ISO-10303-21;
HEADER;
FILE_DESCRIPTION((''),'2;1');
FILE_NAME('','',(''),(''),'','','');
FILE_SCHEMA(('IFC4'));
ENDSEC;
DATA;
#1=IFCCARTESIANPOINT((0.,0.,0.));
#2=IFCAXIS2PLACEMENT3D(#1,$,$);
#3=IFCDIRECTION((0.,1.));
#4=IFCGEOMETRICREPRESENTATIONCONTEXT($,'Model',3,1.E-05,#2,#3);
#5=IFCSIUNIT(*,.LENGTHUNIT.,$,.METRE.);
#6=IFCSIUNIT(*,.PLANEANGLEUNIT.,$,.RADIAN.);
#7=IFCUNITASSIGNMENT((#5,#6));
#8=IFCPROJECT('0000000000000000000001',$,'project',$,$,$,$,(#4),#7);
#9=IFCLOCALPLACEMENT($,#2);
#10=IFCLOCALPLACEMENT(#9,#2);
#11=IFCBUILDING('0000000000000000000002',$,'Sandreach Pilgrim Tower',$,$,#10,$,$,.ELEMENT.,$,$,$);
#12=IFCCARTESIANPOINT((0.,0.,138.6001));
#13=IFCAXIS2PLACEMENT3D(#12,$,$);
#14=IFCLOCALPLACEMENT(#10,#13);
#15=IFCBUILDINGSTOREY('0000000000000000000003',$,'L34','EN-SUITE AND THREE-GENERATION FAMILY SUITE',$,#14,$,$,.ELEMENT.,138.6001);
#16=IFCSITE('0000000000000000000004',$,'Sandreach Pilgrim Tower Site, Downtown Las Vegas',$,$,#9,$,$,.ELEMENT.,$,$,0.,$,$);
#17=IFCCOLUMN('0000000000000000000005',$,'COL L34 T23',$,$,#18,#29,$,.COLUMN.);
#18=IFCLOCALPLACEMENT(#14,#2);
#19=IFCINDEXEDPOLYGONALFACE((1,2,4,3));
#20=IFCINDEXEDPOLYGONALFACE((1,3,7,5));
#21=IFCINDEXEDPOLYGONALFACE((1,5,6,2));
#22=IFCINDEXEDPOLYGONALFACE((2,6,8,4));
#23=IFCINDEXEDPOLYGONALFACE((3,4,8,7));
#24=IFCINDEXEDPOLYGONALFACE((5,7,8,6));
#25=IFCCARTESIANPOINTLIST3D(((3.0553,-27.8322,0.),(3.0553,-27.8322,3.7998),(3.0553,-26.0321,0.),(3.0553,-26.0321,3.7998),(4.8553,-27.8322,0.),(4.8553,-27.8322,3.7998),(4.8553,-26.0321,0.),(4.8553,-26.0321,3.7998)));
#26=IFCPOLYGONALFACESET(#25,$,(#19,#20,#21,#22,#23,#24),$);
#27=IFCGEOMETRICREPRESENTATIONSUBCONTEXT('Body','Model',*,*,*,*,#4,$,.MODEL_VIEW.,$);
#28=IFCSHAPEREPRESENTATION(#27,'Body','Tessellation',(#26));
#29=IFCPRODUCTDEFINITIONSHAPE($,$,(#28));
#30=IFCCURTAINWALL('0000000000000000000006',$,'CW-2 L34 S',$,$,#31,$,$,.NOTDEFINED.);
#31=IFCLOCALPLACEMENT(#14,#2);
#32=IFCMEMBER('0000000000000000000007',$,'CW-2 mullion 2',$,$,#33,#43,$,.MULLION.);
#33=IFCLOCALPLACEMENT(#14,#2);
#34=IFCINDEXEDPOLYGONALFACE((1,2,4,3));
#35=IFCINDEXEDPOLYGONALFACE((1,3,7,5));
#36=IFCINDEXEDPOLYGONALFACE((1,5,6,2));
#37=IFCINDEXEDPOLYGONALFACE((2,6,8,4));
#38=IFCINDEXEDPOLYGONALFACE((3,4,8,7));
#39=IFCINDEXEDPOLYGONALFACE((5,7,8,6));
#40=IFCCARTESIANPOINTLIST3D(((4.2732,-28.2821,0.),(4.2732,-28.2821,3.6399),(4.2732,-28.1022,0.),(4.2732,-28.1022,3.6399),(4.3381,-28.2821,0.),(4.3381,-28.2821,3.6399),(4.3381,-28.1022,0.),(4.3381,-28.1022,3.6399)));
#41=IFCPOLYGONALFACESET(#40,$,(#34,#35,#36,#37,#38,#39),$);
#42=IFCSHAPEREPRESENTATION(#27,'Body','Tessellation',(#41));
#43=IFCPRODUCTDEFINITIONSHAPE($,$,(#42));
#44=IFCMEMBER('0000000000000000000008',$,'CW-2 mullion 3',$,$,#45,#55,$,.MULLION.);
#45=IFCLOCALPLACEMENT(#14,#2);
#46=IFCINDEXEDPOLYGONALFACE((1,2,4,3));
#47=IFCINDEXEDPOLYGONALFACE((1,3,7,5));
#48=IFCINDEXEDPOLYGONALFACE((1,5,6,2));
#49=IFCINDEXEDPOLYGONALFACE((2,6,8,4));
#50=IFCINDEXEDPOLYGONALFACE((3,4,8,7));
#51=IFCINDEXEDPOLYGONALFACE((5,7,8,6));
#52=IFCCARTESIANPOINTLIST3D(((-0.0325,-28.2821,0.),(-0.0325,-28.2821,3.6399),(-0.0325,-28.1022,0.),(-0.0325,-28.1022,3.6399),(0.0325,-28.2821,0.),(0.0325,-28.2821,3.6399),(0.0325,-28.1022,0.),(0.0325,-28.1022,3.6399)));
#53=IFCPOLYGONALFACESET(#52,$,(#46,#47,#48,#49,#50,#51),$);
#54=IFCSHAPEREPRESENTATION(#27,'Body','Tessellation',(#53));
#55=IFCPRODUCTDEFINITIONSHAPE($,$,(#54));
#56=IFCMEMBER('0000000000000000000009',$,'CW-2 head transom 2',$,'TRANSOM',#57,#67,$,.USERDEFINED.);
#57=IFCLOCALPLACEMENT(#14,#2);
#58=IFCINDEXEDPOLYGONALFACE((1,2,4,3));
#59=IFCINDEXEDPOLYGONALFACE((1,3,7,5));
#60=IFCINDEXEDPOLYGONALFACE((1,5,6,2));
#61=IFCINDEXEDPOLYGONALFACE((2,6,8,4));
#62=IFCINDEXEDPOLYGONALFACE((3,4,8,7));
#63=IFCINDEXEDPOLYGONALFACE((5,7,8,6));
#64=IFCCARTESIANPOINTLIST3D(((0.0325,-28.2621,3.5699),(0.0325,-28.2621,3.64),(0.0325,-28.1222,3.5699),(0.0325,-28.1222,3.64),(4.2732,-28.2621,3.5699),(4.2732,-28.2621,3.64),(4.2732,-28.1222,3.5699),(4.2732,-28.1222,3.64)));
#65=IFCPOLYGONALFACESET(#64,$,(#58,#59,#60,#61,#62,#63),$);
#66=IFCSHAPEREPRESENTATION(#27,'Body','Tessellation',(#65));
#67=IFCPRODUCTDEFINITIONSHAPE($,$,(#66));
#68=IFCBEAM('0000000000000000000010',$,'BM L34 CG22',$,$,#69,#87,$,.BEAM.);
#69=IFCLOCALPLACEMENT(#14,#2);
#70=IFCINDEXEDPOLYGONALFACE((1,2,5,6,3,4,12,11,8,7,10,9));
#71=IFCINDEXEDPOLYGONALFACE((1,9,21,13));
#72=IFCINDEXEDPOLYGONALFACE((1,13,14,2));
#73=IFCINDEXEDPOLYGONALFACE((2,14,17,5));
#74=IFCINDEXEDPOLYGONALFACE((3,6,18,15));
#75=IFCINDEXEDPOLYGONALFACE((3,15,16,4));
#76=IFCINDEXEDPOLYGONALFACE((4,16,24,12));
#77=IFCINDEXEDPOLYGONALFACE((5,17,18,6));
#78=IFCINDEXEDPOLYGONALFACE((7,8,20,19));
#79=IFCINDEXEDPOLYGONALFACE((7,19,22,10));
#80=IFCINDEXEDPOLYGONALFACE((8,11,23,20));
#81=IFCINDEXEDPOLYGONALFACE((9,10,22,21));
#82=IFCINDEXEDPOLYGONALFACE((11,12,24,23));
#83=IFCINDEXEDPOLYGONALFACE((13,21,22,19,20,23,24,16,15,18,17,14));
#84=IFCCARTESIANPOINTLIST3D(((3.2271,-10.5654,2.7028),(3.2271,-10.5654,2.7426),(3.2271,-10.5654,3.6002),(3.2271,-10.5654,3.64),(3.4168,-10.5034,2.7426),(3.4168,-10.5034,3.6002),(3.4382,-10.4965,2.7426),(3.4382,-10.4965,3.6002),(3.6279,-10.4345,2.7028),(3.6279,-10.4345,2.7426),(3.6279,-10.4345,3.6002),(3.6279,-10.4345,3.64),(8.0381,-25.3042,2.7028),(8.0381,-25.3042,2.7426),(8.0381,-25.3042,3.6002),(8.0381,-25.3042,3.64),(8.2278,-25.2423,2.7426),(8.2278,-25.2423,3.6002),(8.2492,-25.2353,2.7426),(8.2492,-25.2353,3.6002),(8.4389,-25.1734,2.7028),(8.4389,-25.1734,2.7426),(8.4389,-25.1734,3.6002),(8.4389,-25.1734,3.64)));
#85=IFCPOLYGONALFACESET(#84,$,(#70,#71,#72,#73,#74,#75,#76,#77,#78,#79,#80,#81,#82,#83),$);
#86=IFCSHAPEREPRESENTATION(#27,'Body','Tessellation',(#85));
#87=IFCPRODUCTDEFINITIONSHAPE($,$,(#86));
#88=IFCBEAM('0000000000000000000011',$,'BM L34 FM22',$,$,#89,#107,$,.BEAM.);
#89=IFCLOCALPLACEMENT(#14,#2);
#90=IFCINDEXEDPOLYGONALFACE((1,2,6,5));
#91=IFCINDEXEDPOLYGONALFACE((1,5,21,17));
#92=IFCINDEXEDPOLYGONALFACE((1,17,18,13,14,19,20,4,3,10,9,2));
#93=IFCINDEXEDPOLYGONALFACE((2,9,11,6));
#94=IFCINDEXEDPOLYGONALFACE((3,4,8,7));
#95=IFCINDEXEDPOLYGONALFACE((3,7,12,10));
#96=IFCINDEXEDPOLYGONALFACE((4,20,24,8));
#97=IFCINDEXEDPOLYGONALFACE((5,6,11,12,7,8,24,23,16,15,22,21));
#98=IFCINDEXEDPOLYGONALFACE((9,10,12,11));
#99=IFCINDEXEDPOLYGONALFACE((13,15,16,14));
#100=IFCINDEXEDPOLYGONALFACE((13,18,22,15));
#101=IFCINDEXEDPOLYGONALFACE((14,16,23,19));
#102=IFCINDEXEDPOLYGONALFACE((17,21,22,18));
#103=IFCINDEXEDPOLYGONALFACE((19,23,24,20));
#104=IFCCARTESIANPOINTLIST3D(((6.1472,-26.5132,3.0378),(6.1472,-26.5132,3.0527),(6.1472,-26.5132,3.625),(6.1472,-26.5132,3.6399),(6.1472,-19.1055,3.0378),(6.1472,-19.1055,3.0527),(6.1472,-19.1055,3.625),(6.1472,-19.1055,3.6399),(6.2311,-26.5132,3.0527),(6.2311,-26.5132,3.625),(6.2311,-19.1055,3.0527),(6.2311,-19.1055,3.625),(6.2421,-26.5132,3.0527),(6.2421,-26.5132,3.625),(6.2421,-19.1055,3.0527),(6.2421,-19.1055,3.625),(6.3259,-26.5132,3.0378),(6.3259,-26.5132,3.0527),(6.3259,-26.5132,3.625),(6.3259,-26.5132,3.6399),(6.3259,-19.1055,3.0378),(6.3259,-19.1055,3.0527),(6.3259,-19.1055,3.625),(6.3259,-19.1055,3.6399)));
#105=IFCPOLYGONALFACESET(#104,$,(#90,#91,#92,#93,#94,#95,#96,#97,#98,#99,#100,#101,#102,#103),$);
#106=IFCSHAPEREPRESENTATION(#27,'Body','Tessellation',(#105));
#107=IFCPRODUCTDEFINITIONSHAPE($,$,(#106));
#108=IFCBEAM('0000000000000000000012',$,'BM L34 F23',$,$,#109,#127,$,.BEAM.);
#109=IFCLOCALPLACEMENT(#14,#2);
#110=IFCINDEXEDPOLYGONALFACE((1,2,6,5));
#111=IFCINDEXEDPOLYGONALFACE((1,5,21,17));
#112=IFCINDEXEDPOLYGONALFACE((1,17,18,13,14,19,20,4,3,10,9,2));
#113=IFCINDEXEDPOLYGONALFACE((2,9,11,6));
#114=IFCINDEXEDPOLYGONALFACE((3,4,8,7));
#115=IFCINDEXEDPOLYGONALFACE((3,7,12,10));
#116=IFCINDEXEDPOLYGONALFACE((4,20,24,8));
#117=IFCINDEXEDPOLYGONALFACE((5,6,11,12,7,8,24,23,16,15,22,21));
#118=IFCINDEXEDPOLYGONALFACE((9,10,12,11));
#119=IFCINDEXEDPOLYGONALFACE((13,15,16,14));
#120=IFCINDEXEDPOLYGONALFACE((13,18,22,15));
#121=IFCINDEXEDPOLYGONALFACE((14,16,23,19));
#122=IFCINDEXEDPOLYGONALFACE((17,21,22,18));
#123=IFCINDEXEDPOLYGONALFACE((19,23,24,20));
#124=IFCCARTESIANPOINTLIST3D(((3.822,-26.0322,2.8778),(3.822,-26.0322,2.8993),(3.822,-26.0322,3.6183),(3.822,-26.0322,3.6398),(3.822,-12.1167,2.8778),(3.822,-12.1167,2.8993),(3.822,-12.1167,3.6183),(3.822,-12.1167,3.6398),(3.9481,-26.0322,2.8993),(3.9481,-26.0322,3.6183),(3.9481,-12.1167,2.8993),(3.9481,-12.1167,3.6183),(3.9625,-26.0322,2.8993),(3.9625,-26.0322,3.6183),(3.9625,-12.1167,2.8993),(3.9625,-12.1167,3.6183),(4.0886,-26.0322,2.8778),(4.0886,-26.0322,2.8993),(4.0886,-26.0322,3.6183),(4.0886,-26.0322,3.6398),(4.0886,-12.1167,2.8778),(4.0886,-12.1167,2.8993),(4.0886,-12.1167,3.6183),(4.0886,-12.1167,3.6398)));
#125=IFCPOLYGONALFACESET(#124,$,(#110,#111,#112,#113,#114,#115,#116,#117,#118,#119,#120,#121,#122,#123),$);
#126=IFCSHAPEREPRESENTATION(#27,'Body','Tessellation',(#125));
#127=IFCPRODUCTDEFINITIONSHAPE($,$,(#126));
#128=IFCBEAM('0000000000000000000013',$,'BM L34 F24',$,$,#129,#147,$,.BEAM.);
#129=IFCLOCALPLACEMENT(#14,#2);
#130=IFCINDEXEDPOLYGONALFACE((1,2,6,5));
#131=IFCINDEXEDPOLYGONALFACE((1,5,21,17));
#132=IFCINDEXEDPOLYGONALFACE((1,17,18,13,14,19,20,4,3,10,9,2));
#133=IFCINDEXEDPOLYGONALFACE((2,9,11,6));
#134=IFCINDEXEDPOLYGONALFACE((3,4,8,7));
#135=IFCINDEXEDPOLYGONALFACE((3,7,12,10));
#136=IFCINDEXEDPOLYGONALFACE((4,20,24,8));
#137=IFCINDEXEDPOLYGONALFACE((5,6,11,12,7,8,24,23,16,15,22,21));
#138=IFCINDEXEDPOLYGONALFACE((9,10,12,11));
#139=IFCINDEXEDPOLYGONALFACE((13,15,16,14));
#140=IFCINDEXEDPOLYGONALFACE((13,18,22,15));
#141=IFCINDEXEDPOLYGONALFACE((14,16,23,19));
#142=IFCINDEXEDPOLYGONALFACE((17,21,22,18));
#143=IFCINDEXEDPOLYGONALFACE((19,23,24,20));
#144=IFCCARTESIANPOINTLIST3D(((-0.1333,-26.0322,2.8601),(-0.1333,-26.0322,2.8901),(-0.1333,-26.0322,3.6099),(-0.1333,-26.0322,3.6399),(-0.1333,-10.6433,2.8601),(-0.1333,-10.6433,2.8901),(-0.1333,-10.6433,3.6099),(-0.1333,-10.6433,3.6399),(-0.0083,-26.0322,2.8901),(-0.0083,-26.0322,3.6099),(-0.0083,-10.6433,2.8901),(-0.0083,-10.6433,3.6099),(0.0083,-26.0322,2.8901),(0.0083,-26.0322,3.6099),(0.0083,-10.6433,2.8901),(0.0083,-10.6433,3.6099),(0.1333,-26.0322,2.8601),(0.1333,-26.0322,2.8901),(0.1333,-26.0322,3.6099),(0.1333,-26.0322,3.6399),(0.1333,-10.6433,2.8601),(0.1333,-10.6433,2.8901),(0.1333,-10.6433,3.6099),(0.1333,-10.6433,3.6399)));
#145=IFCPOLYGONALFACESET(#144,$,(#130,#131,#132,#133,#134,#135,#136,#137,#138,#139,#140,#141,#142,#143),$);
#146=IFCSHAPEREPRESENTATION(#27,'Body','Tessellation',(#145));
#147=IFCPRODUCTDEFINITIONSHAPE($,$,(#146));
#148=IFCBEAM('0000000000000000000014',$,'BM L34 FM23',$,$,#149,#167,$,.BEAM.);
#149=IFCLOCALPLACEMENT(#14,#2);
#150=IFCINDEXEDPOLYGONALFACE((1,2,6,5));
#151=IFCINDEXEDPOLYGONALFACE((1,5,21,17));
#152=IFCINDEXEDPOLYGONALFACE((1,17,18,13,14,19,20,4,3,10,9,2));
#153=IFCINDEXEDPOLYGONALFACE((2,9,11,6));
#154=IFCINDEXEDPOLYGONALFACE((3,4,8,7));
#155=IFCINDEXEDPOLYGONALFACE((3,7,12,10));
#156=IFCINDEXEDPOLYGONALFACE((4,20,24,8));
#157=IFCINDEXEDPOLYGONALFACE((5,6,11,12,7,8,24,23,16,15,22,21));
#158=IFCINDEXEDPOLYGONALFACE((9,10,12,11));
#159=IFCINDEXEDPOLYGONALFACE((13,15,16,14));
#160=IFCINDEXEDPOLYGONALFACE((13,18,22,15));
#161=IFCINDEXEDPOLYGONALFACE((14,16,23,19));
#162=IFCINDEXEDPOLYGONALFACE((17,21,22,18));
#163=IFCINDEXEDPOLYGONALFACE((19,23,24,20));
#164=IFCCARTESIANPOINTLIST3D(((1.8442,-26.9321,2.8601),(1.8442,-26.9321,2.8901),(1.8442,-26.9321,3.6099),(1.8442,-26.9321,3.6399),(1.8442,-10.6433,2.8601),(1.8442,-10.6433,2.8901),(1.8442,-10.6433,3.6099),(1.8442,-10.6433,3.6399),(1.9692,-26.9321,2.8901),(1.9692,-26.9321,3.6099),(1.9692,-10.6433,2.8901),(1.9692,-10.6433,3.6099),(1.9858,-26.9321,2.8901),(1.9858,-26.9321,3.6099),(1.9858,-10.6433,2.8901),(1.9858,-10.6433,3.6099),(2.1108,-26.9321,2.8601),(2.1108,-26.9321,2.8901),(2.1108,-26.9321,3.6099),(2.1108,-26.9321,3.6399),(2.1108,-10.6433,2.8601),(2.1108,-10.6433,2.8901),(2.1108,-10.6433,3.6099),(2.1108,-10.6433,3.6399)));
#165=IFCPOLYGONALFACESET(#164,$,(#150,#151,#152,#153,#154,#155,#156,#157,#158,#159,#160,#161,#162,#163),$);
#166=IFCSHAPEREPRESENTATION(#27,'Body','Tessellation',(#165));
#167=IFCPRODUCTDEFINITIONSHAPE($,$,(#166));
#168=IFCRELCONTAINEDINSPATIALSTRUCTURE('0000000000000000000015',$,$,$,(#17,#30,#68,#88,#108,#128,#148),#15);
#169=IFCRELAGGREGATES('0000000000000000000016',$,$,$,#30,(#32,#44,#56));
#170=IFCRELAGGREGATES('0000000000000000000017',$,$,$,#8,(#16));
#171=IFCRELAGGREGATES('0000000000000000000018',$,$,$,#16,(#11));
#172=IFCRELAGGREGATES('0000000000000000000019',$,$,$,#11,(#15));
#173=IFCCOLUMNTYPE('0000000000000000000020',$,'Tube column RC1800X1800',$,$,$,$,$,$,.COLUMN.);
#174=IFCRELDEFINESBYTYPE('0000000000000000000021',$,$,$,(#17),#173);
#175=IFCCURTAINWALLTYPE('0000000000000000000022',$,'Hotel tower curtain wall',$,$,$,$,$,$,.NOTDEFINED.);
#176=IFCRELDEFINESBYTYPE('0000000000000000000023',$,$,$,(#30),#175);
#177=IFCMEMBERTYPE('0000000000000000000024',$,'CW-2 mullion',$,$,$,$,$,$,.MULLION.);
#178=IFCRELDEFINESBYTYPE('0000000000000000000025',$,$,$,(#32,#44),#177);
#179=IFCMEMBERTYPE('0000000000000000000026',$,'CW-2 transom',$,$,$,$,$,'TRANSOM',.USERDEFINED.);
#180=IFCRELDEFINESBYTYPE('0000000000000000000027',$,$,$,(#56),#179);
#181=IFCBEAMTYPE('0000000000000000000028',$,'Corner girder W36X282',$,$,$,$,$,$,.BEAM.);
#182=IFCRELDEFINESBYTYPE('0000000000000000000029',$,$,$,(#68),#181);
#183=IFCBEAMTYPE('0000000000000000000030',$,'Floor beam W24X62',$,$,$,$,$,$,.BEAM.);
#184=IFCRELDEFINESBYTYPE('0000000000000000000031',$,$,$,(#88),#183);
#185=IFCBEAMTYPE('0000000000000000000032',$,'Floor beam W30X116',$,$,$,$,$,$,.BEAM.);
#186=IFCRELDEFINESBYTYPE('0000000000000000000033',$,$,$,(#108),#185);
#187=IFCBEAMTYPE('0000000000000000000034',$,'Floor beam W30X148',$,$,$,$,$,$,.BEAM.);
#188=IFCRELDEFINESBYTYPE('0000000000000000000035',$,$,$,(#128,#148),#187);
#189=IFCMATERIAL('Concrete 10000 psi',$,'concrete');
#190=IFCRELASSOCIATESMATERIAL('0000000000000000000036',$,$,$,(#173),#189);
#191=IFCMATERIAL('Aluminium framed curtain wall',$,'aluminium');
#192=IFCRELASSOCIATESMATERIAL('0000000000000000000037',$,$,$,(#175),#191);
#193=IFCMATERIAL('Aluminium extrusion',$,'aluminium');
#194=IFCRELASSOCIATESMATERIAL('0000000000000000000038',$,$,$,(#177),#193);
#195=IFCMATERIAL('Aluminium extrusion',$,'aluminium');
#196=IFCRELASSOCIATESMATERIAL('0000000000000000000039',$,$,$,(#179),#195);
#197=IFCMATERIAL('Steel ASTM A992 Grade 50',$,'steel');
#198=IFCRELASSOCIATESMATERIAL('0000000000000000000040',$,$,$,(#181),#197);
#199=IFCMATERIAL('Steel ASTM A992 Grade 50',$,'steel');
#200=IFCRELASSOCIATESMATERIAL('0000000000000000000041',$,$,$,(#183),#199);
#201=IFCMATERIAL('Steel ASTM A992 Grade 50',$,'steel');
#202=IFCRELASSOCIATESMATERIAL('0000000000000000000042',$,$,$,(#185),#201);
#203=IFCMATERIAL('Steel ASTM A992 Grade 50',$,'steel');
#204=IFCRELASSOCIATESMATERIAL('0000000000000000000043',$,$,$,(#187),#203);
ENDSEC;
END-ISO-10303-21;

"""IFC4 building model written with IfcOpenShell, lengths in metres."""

from ifc_helpers import new_model, si_unit, direction, frame, origin, origin_2d, place, context, subcontext, project, spatial, rectangle, i_section, extrude, material, material_profile, profile_set, type_object, element, aggregate, save


model = new_model("IFC4")

# Units and contexts
model_context = context("Model", 3, precision=1e-05, world=origin(), true_north=direction((0.0, 1.0)))
body_context = subcontext(model_context, "Body", "Model", "MODEL_VIEW")
ifc_project = project(units=[si_unit("LENGTHUNIT", "METRE"), si_unit("PLANEANGLEUNIT", "RADIAN")], contexts=[model_context])

# Site, building, storey
site_placement = place(None, origin())
site = spatial("IfcSite", under=ifc_project, at=site_placement, Name="Sandreach Pilgrim Tower Site, Downtown Las Vegas", CompositionType="ELEMENT", RefElevation=0.0)
building_placement = place(site_placement, origin())
building = spatial("IfcBuilding", under=site, at=building_placement, Name="Sandreach Pilgrim Tower", CompositionType="ELEMENT")
storey_placement = place(building_placement, frame((0.0, 0.0, 138.6001)))
storey = spatial("IfcBuildingStorey", under=building, at=storey_placement, Name="L34", Description="EN-SUITE AND THREE-GENERATION FAMILY SUITE", CompositionType="ELEMENT", Elevation=138.6001)

# Column
ifc_material_1 = material(Name="Concrete 10000 psi", Category="concrete")
ifc_material_profile_1 = material_profile(ifc_material_1, rectangle(XDim=1.8, YDim=1.8, at=origin_2d()), Name="RC1800X1800")
ifc_profile_set_1 = profile_set([ifc_material_profile_1], Name="Concrete 10000 psi")
column_type = type_object("IfcColumnType", Name="Tube column RC1800X1800", PredefinedType="COLUMN", material=ifc_profile_set_1)
column_placement = place(storey_placement, frame((3.9553, -26.9321, 0.0), z_axis=(0.0, 0.0, 1.0), x_axis=(0.0, -1.0, 0.0)))
element("IfcColumn", 1, at=column_placement, inside=storey, type_object=column_type, Name="COL L34 T23", PredefinedType="COLUMN", context=body_context, shape_type="SweptSolid", body=[
    extrude(rectangle(XDim=1.8, YDim=1.8, at=origin_2d()), origin(), (0.0, 0.0, 1.0), 3.7998),
])

# Curtain wall, members
ifc_material_2 = material(Name="Aluminium framed curtain wall", Category="aluminium")
curtain_wall_type = type_object("IfcCurtainWallType", Name="Hotel tower curtain wall", PredefinedType="NOTDEFINED", material=ifc_material_2)
curtain_wall_placement = place(storey_placement, origin())
curtain_wall = element("IfcCurtainWall", 2, at=curtain_wall_placement, inside=storey, type_object=curtain_wall_type, Name="CW-2 L34 S", PredefinedType="NOTDEFINED")
ifc_material_3 = material(Name="Aluminium extrusion", Category="aluminium")
ifc_material_profile_2 = material_profile(ifc_material_3, rectangle(XDim=0.0649, YDim=0.1799, at=origin_2d()), Name="CW-2M 65X180")
ifc_profile_set_2 = profile_set([ifc_material_profile_2], Name="Aluminium extrusion")
member_type_1 = type_object("IfcMemberType", Name="CW-2 mullion", PredefinedType="MULLION", material=ifc_profile_set_2)
member_1_placement = place(storey_placement, frame((4.3057, -28.1921, 0.0), z_axis=(0.0, 0.0, 1.0), x_axis=(-1.0, 0.0, 0.0)))
member_1 = element("IfcMember", 3, at=member_1_placement, type_object=member_type_1, Name="CW-2 mullion 2", PredefinedType="MULLION", context=body_context, shape_type="SweptSolid", body=[
    extrude(rectangle(XDim=0.0649, YDim=0.1799, at=origin_2d()), origin(), (0.0, 0.0, 1.0), 3.6399),
])
member_2_placement = place(storey_placement, frame((0.0, -28.1921, 0.0), z_axis=(0.0, 0.0, 1.0), x_axis=(-1.0, 0.0, 0.0)))
member_2 = element("IfcMember", 4, at=member_2_placement, type_object=member_type_1, Name="CW-2 mullion 3", PredefinedType="MULLION", context=body_context, shape_type="SweptSolid", body=[
    extrude(rectangle(XDim=0.0649, YDim=0.1799, at=origin_2d()), origin(), (0.0, 0.0, 1.0), 3.6399),
])
ifc_material_4 = material(Name="Aluminium extrusion", Category="aluminium")
ifc_material_profile_3 = material_profile(ifc_material_4, rectangle(XDim=0.1399, YDim=0.0701, at=origin_2d()), Name="CW-2T 140X70")
ifc_profile_set_3 = profile_set([ifc_material_profile_3], Name="Aluminium extrusion")
member_type_2 = type_object("IfcMemberType", Name="CW-2 transom", ElementType="TRANSOM", PredefinedType="USERDEFINED", material=ifc_profile_set_3)
member_3_placement = place(storey_placement, frame((4.2732, -28.1921, 3.605), z_axis=(-1.0, 0.0, 0.0), x_axis=(0.0, -1.0, 0.0)))
member_3 = element("IfcMember", 5, at=member_3_placement, type_object=member_type_2, Name="CW-2 head transom 2", ObjectType="TRANSOM", PredefinedType="USERDEFINED", context=body_context, shape_type="SweptSolid", body=[
    extrude(rectangle(XDim=0.1399, YDim=0.0701, at=origin_2d()), origin(), (0.0, 0.0, 1.0), 4.2407),
])

# Beams
ifc_material_5 = material(Name="Steel ASTM A992 Grade 50", Category="steel")
ifc_material_profile_4 = material_profile(ifc_material_5, i_section(OverallWidth=0.4216, OverallDepth=0.9373, WebThickness=0.0225, FlangeThickness=0.0398, at=origin_2d()), Name="W36X282")
ifc_profile_set_4 = profile_set([ifc_material_profile_4], Name="Steel ASTM A992 Grade 50")
beam_type_1 = type_object("IfcBeamType", Name="Corner girder W36X282", PredefinedType="BEAM", material=ifc_profile_set_4)
beam_1_placement = place(storey_placement, frame((8.2385, -25.2388, 3.1714), z_axis=(-0.310307, 0.950636, 0.0), x_axis=(-0.950636, -0.310307, 0.0)))
element("IfcBeam", 6, at=beam_1_placement, inside=storey, type_object=beam_type_1, Name="BM L34 CG22", PredefinedType="BEAM", context=body_context, shape_type="SweptSolid", body=[
    extrude(i_section(OverallWidth=0.4216, OverallDepth=0.9373, WebThickness=0.0225, FlangeThickness=0.0398, at=origin_2d()), origin(), (0.0, 0.0, 1.0), 15.5042),
])
ifc_material_6 = material(Name="Steel ASTM A992 Grade 50", Category="steel")
ifc_material_profile_5 = material_profile(ifc_material_6, i_section(OverallWidth=0.1787, OverallDepth=0.6021, WebThickness=0.011, FlangeThickness=0.0149, at=origin_2d()), Name="W24X62")
ifc_profile_set_5 = profile_set([ifc_material_profile_5], Name="Steel ASTM A992 Grade 50")
beam_type_2 = type_object("IfcBeamType", Name="Floor beam W24X62", PredefinedType="BEAM", material=ifc_profile_set_5)
beam_2_placement = place(storey_placement, frame((6.2366, -26.5132, 3.3389), z_axis=(0.0, 1.0, 0.0), x_axis=(-1.0, 0.0, 0.0)))
element("IfcBeam", 7, at=beam_2_placement, inside=storey, type_object=beam_type_2, Name="BM L34 FM22", PredefinedType="BEAM", context=body_context, shape_type="SweptSolid", body=[
    extrude(i_section(OverallWidth=0.1787, OverallDepth=0.6021, WebThickness=0.011, FlangeThickness=0.0149, at=origin_2d()), origin(), (0.0, 0.0, 1.0), 7.4077),
])
ifc_material_7 = material(Name="Steel ASTM A992 Grade 50", Category="steel")
ifc_material_profile_6 = material_profile(ifc_material_7, i_section(OverallWidth=0.2666, OverallDepth=0.762, WebThickness=0.0144, FlangeThickness=0.0215, at=origin_2d()), Name="W30X116")
ifc_profile_set_6 = profile_set([ifc_material_profile_6], Name="Steel ASTM A992 Grade 50")
beam_type_3 = type_object("IfcBeamType", Name="Floor beam W30X116", PredefinedType="BEAM", material=ifc_profile_set_6)
beam_3_placement = place(storey_placement, frame((3.9553, -26.0322, 3.2588), z_axis=(0.0, 1.0, 0.0), x_axis=(-1.0, 0.0, 0.0)))
element("IfcBeam", 8, at=beam_3_placement, inside=storey, type_object=beam_type_3, Name="BM L34 F23", PredefinedType="BEAM", context=body_context, shape_type="SweptSolid", body=[
    extrude(i_section(OverallWidth=0.2666, OverallDepth=0.762, WebThickness=0.0144, FlangeThickness=0.0215, at=origin_2d()), origin(), (0.0, 0.0, 1.0), 13.9155),
])
ifc_material_8 = material(Name="Steel ASTM A992 Grade 50", Category="steel")
ifc_material_profile_7 = material_profile(ifc_material_8, i_section(OverallWidth=0.2666, OverallDepth=0.7798, WebThickness=0.0166, FlangeThickness=0.03, at=origin_2d()), Name="W30X148")
ifc_profile_set_7 = profile_set([ifc_material_profile_7], Name="Steel ASTM A992 Grade 50")
beam_type_4 = type_object("IfcBeamType", Name="Floor beam W30X148", PredefinedType="BEAM", material=ifc_profile_set_7)
beam_4_placement = place(storey_placement, frame((0.0, -26.0322, 3.25), z_axis=(0.0, 1.0, 0.0), x_axis=(-1.0, 0.0, 0.0)))
element("IfcBeam", 9, at=beam_4_placement, inside=storey, type_object=beam_type_4, Name="BM L34 F24", PredefinedType="BEAM", context=body_context, shape_type="SweptSolid", body=[
    extrude(i_section(OverallWidth=0.2666, OverallDepth=0.7798, WebThickness=0.0166, FlangeThickness=0.03, at=origin_2d()), origin(), (0.0, 0.0, 1.0), 15.3889),
])
beam_5_placement = place(storey_placement, frame((1.9775, -26.9321, 3.25), z_axis=(0.0, 1.0, 0.0), x_axis=(-1.0, 0.0, 0.0)))
element("IfcBeam", 10, at=beam_5_placement, inside=storey, type_object=beam_type_4, Name="BM L34 FM23", PredefinedType="BEAM", context=body_context, shape_type="SweptSolid", body=[
    extrude(i_section(OverallWidth=0.2666, OverallDepth=0.7798, WebThickness=0.0166, FlangeThickness=0.03, at=origin_2d()), origin(), (0.0, 0.0, 1.0), 16.2888),
])

aggregate(curtain_wall, [member_1, member_2, member_3])

save(model, "model.ifc")
